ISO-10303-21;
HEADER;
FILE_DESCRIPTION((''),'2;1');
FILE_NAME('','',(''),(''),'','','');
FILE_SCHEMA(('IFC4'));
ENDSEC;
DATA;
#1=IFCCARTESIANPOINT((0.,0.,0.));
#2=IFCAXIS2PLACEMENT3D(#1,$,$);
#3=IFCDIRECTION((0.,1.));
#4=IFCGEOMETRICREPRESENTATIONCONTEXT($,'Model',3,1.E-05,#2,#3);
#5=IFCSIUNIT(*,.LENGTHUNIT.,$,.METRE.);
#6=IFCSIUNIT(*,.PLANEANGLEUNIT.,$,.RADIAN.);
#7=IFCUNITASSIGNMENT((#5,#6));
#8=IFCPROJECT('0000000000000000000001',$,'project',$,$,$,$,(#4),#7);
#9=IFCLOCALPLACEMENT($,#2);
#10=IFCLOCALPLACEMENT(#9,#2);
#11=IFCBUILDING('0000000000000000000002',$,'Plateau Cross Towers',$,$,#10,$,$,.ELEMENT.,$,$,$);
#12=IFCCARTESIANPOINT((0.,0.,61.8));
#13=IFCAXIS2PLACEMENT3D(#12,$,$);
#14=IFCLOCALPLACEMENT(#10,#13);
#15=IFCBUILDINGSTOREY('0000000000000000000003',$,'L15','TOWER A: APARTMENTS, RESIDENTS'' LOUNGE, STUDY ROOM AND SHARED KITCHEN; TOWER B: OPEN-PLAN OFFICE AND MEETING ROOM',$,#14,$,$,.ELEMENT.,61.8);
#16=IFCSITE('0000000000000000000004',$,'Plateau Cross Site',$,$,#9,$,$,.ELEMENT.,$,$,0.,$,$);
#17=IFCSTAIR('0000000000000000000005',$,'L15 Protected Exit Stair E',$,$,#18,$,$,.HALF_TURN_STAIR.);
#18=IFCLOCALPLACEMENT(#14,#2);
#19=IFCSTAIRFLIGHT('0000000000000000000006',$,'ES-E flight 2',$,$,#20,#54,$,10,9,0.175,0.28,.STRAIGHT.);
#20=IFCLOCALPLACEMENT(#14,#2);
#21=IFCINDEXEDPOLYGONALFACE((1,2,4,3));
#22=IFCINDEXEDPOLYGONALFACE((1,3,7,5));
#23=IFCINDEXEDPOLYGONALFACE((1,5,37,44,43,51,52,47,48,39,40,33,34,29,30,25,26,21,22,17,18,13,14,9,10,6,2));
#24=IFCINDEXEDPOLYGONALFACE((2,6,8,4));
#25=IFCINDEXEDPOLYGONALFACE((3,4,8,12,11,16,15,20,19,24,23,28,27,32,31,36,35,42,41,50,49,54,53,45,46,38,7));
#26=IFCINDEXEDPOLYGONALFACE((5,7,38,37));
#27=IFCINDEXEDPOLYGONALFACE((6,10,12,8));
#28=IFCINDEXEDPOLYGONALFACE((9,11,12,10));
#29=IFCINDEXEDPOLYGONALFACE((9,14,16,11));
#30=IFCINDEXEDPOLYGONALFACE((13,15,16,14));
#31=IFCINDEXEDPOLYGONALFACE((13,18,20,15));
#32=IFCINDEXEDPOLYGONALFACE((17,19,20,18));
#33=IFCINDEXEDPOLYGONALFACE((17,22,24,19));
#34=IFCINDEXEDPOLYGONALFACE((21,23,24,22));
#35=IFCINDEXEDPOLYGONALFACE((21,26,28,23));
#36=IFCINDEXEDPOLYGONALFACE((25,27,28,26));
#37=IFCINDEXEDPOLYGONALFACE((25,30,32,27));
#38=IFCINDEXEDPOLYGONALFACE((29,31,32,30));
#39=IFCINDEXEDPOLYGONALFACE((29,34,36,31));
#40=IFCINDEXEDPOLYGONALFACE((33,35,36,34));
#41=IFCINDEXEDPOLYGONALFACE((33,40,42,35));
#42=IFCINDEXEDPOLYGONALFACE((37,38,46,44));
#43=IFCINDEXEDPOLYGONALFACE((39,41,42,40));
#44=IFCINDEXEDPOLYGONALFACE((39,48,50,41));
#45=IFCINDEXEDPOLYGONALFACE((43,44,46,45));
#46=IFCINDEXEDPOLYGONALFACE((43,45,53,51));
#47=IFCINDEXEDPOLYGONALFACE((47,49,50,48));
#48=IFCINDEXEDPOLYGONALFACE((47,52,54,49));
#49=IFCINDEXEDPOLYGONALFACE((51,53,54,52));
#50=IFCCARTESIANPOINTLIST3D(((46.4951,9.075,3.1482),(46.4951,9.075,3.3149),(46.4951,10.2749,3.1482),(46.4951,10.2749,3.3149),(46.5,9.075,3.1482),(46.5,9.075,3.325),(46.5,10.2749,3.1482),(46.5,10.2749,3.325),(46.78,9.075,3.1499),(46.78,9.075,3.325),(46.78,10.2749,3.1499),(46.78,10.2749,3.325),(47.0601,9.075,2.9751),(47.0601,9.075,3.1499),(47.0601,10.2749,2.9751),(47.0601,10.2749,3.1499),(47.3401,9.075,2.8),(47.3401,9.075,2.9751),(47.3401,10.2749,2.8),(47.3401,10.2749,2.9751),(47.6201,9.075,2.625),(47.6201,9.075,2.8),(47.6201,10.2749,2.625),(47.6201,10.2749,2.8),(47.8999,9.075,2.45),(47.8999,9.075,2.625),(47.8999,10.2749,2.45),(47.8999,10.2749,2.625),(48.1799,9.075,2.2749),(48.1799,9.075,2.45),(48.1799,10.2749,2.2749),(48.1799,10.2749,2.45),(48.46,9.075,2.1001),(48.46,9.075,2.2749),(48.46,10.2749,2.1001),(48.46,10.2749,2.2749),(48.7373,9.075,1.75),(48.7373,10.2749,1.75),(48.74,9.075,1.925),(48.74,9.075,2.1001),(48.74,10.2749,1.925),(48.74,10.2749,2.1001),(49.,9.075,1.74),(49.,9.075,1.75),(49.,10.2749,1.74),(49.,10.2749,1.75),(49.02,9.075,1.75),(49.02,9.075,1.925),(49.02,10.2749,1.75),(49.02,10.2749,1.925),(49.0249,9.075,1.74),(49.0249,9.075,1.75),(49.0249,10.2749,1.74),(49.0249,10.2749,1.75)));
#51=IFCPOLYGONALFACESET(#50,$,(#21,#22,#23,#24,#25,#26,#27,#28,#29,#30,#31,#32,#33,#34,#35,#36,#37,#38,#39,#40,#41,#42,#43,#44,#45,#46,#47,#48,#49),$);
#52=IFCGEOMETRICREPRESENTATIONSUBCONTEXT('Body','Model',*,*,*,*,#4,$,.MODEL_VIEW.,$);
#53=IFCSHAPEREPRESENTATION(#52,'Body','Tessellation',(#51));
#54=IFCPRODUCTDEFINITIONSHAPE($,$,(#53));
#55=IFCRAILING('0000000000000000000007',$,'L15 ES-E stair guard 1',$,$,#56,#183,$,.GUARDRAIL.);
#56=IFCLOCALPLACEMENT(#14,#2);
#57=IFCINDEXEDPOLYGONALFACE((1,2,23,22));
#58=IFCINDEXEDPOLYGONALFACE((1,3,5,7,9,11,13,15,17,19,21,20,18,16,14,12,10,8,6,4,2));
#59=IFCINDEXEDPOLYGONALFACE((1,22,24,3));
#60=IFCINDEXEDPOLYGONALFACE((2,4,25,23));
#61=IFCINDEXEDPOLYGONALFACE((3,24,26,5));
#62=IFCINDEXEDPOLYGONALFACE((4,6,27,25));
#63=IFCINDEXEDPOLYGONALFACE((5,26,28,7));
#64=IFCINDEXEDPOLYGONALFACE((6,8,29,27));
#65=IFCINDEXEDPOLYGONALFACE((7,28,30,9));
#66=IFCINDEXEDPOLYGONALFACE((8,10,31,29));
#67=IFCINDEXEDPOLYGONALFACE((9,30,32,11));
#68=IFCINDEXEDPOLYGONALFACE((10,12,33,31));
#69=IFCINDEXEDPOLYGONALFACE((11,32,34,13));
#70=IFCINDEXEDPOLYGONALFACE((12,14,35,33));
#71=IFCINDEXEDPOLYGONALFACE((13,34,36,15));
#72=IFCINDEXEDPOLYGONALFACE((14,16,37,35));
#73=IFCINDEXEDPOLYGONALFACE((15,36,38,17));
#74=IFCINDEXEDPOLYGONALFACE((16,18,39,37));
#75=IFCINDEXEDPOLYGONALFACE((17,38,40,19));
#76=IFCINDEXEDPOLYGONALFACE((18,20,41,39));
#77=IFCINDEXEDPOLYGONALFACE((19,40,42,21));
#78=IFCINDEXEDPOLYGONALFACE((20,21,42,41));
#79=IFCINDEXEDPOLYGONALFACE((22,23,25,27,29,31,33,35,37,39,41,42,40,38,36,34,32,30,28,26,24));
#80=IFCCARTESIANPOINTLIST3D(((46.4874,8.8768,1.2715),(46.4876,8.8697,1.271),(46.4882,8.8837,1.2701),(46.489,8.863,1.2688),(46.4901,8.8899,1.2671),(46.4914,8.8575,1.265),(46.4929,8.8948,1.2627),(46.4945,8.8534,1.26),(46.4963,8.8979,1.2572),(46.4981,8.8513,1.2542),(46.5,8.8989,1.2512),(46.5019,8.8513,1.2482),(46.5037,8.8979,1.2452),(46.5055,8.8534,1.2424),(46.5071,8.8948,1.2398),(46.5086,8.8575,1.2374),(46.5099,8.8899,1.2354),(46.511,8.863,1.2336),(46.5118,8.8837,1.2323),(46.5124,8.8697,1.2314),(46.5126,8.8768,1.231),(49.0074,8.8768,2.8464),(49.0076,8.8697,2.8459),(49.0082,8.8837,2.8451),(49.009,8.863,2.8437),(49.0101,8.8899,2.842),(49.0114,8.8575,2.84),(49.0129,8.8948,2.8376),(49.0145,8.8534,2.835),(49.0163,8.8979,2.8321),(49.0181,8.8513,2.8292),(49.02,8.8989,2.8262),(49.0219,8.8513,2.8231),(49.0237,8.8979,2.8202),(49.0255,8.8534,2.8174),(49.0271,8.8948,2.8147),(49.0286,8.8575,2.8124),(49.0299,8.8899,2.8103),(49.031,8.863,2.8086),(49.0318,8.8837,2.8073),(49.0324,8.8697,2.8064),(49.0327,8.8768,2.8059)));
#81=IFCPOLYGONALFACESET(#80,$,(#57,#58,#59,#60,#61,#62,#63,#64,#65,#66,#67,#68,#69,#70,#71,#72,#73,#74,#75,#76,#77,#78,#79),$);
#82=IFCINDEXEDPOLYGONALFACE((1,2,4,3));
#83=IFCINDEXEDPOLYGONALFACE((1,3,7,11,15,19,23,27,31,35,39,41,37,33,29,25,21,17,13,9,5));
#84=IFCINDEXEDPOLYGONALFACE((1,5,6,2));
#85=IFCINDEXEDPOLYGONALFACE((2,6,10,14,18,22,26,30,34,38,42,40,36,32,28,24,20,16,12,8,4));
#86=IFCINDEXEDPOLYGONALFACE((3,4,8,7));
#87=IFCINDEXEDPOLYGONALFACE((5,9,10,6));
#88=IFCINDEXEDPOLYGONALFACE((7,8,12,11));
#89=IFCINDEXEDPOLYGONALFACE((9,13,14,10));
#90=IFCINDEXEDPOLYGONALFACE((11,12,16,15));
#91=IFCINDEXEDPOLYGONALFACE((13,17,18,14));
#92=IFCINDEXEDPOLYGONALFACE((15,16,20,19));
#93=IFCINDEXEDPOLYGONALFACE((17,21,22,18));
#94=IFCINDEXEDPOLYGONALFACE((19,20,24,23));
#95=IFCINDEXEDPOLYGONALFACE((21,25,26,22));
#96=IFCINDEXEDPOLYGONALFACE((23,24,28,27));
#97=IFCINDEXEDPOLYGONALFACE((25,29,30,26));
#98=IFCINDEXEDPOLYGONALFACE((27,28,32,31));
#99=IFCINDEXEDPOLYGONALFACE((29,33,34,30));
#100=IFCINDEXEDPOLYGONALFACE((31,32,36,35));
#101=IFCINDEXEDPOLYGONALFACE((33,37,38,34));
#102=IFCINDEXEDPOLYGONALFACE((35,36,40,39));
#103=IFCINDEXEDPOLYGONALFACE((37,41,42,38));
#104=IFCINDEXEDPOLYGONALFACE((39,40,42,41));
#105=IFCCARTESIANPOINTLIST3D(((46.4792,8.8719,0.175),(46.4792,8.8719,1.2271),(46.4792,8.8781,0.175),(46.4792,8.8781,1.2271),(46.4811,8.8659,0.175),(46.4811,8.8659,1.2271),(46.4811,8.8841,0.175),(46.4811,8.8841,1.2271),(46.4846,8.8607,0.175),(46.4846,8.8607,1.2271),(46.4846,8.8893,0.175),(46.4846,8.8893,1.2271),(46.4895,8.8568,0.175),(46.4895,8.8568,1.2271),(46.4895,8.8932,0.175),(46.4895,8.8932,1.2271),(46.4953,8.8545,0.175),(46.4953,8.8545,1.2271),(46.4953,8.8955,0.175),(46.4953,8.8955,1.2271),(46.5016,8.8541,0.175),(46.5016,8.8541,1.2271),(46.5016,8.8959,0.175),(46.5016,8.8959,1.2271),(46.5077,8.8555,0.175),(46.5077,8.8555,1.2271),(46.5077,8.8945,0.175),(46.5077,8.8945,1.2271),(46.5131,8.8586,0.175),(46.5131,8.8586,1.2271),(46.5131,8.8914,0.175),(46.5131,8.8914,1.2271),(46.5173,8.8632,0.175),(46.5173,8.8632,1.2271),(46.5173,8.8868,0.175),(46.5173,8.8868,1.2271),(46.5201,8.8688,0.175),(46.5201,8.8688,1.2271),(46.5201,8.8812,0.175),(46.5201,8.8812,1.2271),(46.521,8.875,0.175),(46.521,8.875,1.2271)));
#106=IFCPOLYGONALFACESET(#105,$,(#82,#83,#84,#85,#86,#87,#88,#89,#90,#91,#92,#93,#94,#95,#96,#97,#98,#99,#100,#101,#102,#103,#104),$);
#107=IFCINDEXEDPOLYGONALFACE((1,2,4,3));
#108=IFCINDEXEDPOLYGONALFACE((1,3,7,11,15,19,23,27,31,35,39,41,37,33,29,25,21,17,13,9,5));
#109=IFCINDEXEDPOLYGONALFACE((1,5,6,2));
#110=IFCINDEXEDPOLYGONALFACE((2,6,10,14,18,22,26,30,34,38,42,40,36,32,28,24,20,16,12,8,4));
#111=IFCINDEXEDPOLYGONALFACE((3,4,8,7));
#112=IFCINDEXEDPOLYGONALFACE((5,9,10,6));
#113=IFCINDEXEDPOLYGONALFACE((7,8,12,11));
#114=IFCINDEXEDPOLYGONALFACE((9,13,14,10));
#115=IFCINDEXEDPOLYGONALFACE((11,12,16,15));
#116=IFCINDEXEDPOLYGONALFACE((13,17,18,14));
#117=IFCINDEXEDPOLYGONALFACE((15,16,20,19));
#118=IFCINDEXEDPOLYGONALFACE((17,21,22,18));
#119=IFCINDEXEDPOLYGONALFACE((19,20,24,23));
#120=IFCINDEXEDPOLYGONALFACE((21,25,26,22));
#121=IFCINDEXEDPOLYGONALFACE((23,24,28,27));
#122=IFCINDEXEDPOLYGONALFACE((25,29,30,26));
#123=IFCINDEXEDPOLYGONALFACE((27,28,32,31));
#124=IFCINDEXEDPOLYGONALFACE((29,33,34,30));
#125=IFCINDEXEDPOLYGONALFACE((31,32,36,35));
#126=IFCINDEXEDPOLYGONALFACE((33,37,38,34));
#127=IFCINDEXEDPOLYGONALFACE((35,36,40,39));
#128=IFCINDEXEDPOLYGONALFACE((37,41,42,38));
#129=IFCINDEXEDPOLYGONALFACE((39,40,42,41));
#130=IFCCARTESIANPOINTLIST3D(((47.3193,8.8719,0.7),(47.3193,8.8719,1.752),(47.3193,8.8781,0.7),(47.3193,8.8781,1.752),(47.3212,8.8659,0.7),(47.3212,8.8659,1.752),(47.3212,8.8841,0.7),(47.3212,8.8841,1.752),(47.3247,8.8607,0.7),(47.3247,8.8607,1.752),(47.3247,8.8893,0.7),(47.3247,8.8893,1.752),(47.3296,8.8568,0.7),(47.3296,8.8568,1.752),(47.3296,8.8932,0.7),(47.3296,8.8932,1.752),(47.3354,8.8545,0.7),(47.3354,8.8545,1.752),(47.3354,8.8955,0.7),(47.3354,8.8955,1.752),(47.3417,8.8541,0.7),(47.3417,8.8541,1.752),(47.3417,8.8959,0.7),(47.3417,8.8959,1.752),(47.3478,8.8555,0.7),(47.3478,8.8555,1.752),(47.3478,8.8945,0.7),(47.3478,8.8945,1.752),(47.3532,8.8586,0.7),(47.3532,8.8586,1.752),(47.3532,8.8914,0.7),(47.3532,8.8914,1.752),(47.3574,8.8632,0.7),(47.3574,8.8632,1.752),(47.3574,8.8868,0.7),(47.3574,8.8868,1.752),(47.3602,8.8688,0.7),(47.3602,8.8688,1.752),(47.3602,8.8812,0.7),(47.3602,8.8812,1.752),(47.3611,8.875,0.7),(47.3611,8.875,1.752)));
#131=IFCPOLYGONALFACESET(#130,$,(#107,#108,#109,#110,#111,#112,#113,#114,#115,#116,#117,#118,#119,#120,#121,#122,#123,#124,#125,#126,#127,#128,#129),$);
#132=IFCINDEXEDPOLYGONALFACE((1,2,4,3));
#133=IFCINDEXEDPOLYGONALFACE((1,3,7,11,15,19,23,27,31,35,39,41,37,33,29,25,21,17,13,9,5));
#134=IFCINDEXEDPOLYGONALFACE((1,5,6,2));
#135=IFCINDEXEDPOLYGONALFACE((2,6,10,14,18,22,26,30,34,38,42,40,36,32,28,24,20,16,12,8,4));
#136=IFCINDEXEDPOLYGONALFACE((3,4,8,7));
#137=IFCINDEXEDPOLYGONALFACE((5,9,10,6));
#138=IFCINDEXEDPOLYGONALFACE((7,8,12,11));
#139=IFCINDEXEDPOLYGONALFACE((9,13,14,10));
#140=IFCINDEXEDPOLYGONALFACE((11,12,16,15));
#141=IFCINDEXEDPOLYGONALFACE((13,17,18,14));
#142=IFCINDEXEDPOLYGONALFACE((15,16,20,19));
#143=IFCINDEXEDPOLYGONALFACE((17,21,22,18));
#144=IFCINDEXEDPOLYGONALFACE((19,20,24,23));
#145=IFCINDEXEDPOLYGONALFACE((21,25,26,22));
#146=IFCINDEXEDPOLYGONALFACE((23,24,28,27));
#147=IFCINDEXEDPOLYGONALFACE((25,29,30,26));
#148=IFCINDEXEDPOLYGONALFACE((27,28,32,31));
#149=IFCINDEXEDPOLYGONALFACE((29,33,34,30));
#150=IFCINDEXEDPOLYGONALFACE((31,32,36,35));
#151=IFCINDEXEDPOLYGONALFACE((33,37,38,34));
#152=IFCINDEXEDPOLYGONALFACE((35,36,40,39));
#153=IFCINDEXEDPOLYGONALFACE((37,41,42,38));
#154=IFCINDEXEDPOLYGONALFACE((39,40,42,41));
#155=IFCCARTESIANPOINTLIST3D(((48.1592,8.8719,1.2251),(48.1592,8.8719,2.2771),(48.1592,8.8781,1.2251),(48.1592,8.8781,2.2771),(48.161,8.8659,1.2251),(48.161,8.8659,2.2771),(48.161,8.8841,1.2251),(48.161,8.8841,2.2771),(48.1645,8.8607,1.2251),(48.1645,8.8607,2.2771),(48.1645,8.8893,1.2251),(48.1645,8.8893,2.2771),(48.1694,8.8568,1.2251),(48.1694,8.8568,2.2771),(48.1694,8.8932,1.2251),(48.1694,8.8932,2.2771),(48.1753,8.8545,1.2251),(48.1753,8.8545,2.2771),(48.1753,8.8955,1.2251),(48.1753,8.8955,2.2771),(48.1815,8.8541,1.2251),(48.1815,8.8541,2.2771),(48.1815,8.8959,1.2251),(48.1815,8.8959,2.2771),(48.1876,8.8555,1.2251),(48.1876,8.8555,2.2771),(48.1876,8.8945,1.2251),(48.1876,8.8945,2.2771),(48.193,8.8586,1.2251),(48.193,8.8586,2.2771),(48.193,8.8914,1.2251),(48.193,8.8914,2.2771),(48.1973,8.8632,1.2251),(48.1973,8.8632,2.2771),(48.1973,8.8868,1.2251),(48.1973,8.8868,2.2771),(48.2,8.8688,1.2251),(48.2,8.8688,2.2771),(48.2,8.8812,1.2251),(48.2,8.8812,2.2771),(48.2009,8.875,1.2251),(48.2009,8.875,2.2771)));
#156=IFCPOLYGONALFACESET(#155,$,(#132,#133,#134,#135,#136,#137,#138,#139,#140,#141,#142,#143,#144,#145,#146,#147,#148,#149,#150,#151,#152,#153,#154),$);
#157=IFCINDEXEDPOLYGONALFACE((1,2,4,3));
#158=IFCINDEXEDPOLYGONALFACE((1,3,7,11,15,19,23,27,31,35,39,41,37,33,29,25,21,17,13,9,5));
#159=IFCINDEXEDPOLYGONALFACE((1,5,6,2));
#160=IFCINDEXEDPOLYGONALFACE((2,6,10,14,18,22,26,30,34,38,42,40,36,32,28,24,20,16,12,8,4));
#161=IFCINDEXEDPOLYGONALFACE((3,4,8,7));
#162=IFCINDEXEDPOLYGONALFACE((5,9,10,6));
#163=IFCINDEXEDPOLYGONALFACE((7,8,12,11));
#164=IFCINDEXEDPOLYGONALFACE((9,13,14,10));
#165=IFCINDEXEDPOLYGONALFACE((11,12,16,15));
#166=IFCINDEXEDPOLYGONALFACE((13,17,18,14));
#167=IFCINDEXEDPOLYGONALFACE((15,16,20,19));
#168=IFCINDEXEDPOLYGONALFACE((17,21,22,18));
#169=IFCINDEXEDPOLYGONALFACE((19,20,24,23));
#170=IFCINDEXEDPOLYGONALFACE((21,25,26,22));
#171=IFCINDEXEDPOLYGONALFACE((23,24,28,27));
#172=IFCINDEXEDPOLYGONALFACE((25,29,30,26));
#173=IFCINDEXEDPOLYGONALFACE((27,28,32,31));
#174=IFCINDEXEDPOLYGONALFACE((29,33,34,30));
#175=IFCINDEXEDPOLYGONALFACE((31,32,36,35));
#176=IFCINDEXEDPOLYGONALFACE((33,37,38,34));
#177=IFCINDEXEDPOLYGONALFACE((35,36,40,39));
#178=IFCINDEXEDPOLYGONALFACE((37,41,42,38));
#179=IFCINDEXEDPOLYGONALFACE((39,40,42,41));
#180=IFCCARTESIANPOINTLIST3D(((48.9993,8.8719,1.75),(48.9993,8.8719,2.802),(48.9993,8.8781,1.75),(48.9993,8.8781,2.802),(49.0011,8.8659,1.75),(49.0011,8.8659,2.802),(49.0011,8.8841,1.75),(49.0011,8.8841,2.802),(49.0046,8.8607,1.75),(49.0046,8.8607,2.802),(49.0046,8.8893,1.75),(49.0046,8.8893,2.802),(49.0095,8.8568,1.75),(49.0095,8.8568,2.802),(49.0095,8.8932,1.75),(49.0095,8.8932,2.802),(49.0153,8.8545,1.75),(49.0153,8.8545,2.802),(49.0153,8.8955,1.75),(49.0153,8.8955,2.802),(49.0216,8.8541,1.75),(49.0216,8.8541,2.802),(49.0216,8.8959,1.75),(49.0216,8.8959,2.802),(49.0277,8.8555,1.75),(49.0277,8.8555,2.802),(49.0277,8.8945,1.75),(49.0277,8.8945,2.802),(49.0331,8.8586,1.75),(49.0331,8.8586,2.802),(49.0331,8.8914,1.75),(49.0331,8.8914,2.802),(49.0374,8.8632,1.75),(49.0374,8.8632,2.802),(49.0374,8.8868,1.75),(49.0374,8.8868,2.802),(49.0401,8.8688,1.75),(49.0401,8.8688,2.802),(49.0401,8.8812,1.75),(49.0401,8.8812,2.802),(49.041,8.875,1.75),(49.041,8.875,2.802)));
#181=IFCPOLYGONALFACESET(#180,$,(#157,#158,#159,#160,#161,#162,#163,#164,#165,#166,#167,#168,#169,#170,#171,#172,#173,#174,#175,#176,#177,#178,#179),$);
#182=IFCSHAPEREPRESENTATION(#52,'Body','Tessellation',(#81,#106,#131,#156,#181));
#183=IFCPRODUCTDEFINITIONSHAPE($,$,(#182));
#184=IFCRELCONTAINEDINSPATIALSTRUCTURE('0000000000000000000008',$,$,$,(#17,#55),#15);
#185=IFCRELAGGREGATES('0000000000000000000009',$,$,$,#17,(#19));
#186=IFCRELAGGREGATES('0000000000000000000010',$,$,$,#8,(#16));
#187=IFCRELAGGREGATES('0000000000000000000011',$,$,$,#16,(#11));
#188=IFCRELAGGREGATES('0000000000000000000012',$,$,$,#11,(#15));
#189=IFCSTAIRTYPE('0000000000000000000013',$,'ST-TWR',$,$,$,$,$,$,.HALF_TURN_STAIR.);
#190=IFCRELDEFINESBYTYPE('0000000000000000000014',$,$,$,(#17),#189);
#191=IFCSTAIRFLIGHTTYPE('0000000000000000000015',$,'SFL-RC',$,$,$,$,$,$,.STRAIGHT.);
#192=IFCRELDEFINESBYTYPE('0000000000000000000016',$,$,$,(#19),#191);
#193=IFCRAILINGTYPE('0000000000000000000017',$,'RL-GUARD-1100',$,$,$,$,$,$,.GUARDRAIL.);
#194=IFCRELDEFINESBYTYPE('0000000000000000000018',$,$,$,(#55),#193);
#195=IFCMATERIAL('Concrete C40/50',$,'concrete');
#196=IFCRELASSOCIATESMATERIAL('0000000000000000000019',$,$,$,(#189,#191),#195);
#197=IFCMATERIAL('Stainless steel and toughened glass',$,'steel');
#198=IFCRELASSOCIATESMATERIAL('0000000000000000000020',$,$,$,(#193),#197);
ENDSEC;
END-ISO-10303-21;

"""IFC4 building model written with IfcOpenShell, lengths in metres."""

from ifc_helpers import new_model, si_unit, direction, frame, origin, origin_2d, place, context, subcontext, project, spatial, polyline, circle, outline, extrude, material, type_object, element, aggregate, save


model = new_model("IFC4")

# Units and contexts
model_context = context("Model", 3, precision=1e-05, world=origin(), true_north=direction((0.0, 1.0)))
body_context = subcontext(model_context, "Body", "Model", "MODEL_VIEW")
ifc_project = project(units=[si_unit("LENGTHUNIT", "METRE"), si_unit("PLANEANGLEUNIT", "RADIAN")], contexts=[model_context])

# Site, building, storey
site_placement = place(None, origin())
site = spatial("IfcSite", under=ifc_project, at=site_placement, Name="Plateau Cross Site", CompositionType="ELEMENT", RefElevation=0.0)
building_placement = place(site_placement, origin())
building = spatial("IfcBuilding", under=site, at=building_placement, Name="Plateau Cross Towers", CompositionType="ELEMENT")
storey_placement = place(building_placement, frame((0.0, 0.0, 61.8)))
storey = spatial("IfcBuildingStorey", under=building, at=storey_placement, Name="L15", Description="TOWER A: APARTMENTS, RESIDENTS' LOUNGE, STUDY ROOM AND SHARED KITCHEN; TOWER B: OPEN-PLAN OFFICE AND MEETING ROOM", CompositionType="ELEMENT", Elevation=61.8)

# Stair, stair flight
ifc_material_1 = material(Name="Concrete C40/50", Category="concrete")
stair_type = type_object("IfcStairType", Name="ST-TWR", PredefinedType="HALF_TURN_STAIR", material=ifc_material_1)
stair_placement = place(storey_placement, origin())
stair = element("IfcStair", 1, at=stair_placement, inside=storey, type_object=stair_type, Name="L15 Protected Exit Stair E", PredefinedType="HALF_TURN_STAIR")
stair_flight_type = type_object("IfcStairFlightType", Name="SFL-RC", PredefinedType="STRAIGHT", material=ifc_material_1)
stair_flight_1_placement = place(storey_placement, frame((49.02, 9.675, 1.75), z_axis=(0.0, 0.0, 1.0), x_axis=(-1.0, 0.0, 0.0)))
stair_flight_1 = element("IfcStairFlight", 2, at=stair_flight_1_placement, type_object=stair_flight_type, Name="ES-E flight 2", NumberOfRisers=10, NumberOfTreads=9, PredefinedType="STRAIGHT", RiserHeight=0.175, TreadLength=0.28, context=body_context, shape_type="SweptSolid", body=[
    extrude(outline(polyline([(-0.0049, -0.01), (-0.0049, 0.0), (0.0, 0.0), (0.0, 0.175), (0.28, 0.175), (0.28, 0.3501), (0.5601, 0.3501), (0.5601, 0.5249), (0.8401, 0.5249), (0.8401, 0.7), (1.1201, 0.7), (1.1201, 0.875), (1.3999, 0.875), (1.3999, 1.05), (1.6799, 1.05), (1.6799, 1.2251), (1.96, 1.2251), (1.96, 1.3999), (2.24, 1.3999), (2.24, 1.575), (2.52, 1.575), (2.5249, 1.5649), (2.5249, 1.3982), (2.52, 1.3982), (0.2827, 0.0), (0.02, 0.0), (0.02, -0.01), (-0.0049, -0.01)])), frame((0.0, 0.6001, 0.0), z_axis=(0.0, -1.0, 0.0), x_axis=(1.0, 0.0, 0.0)), (0.0, 0.0, 1.0), 1.2),
])
aggregate(stair, [stair_flight_1])

# Railing
ifc_material_2 = material(Name="Stainless steel and toughened glass", Category="steel")
railing_type_1 = type_object("IfcRailingType", Name="RL-GUARD-1100", PredefinedType="GUARDRAIL", material=ifc_material_2)
railing_1_placement = place(storey_placement, frame((46.5, 8.875, 0.175)))
element("IfcRailing", 3, at=railing_1_placement, inside=storey, type_object=railing_type_1, Name="L15 ES-E stair guard 1", PredefinedType="GUARDRAIL", context=body_context, shape_type="SweptSolid", body=[
    extrude(circle(Radius=0.0239, at=origin_2d()), frame((0.0, 0.0, 1.0762), z_axis=(0.848008, 0.0, 0.529984), x_axis=(0.0, 1.0, 0.0)), (0.0, 0.0, 1.0), 2.9717),
    extrude(circle(Radius=0.021, at=origin_2d()), origin(), (0.0, 0.0, 1.0), 1.052),
    extrude(circle(Radius=0.021, at=origin_2d()), frame((0.8401, 0.0, 0.5249)), (0.0, 0.0, 1.0), 1.052),
    extrude(circle(Radius=0.021, at=origin_2d()), frame((1.6799, 0.0, 1.05)), (0.0, 0.0, 1.0), 1.052),
    extrude(circle(Radius=0.021, at=origin_2d()), frame((2.52, 0.0, 1.575)), (0.0, 0.0, 1.0), 1.052),
])

save(model, "model.ifc")
